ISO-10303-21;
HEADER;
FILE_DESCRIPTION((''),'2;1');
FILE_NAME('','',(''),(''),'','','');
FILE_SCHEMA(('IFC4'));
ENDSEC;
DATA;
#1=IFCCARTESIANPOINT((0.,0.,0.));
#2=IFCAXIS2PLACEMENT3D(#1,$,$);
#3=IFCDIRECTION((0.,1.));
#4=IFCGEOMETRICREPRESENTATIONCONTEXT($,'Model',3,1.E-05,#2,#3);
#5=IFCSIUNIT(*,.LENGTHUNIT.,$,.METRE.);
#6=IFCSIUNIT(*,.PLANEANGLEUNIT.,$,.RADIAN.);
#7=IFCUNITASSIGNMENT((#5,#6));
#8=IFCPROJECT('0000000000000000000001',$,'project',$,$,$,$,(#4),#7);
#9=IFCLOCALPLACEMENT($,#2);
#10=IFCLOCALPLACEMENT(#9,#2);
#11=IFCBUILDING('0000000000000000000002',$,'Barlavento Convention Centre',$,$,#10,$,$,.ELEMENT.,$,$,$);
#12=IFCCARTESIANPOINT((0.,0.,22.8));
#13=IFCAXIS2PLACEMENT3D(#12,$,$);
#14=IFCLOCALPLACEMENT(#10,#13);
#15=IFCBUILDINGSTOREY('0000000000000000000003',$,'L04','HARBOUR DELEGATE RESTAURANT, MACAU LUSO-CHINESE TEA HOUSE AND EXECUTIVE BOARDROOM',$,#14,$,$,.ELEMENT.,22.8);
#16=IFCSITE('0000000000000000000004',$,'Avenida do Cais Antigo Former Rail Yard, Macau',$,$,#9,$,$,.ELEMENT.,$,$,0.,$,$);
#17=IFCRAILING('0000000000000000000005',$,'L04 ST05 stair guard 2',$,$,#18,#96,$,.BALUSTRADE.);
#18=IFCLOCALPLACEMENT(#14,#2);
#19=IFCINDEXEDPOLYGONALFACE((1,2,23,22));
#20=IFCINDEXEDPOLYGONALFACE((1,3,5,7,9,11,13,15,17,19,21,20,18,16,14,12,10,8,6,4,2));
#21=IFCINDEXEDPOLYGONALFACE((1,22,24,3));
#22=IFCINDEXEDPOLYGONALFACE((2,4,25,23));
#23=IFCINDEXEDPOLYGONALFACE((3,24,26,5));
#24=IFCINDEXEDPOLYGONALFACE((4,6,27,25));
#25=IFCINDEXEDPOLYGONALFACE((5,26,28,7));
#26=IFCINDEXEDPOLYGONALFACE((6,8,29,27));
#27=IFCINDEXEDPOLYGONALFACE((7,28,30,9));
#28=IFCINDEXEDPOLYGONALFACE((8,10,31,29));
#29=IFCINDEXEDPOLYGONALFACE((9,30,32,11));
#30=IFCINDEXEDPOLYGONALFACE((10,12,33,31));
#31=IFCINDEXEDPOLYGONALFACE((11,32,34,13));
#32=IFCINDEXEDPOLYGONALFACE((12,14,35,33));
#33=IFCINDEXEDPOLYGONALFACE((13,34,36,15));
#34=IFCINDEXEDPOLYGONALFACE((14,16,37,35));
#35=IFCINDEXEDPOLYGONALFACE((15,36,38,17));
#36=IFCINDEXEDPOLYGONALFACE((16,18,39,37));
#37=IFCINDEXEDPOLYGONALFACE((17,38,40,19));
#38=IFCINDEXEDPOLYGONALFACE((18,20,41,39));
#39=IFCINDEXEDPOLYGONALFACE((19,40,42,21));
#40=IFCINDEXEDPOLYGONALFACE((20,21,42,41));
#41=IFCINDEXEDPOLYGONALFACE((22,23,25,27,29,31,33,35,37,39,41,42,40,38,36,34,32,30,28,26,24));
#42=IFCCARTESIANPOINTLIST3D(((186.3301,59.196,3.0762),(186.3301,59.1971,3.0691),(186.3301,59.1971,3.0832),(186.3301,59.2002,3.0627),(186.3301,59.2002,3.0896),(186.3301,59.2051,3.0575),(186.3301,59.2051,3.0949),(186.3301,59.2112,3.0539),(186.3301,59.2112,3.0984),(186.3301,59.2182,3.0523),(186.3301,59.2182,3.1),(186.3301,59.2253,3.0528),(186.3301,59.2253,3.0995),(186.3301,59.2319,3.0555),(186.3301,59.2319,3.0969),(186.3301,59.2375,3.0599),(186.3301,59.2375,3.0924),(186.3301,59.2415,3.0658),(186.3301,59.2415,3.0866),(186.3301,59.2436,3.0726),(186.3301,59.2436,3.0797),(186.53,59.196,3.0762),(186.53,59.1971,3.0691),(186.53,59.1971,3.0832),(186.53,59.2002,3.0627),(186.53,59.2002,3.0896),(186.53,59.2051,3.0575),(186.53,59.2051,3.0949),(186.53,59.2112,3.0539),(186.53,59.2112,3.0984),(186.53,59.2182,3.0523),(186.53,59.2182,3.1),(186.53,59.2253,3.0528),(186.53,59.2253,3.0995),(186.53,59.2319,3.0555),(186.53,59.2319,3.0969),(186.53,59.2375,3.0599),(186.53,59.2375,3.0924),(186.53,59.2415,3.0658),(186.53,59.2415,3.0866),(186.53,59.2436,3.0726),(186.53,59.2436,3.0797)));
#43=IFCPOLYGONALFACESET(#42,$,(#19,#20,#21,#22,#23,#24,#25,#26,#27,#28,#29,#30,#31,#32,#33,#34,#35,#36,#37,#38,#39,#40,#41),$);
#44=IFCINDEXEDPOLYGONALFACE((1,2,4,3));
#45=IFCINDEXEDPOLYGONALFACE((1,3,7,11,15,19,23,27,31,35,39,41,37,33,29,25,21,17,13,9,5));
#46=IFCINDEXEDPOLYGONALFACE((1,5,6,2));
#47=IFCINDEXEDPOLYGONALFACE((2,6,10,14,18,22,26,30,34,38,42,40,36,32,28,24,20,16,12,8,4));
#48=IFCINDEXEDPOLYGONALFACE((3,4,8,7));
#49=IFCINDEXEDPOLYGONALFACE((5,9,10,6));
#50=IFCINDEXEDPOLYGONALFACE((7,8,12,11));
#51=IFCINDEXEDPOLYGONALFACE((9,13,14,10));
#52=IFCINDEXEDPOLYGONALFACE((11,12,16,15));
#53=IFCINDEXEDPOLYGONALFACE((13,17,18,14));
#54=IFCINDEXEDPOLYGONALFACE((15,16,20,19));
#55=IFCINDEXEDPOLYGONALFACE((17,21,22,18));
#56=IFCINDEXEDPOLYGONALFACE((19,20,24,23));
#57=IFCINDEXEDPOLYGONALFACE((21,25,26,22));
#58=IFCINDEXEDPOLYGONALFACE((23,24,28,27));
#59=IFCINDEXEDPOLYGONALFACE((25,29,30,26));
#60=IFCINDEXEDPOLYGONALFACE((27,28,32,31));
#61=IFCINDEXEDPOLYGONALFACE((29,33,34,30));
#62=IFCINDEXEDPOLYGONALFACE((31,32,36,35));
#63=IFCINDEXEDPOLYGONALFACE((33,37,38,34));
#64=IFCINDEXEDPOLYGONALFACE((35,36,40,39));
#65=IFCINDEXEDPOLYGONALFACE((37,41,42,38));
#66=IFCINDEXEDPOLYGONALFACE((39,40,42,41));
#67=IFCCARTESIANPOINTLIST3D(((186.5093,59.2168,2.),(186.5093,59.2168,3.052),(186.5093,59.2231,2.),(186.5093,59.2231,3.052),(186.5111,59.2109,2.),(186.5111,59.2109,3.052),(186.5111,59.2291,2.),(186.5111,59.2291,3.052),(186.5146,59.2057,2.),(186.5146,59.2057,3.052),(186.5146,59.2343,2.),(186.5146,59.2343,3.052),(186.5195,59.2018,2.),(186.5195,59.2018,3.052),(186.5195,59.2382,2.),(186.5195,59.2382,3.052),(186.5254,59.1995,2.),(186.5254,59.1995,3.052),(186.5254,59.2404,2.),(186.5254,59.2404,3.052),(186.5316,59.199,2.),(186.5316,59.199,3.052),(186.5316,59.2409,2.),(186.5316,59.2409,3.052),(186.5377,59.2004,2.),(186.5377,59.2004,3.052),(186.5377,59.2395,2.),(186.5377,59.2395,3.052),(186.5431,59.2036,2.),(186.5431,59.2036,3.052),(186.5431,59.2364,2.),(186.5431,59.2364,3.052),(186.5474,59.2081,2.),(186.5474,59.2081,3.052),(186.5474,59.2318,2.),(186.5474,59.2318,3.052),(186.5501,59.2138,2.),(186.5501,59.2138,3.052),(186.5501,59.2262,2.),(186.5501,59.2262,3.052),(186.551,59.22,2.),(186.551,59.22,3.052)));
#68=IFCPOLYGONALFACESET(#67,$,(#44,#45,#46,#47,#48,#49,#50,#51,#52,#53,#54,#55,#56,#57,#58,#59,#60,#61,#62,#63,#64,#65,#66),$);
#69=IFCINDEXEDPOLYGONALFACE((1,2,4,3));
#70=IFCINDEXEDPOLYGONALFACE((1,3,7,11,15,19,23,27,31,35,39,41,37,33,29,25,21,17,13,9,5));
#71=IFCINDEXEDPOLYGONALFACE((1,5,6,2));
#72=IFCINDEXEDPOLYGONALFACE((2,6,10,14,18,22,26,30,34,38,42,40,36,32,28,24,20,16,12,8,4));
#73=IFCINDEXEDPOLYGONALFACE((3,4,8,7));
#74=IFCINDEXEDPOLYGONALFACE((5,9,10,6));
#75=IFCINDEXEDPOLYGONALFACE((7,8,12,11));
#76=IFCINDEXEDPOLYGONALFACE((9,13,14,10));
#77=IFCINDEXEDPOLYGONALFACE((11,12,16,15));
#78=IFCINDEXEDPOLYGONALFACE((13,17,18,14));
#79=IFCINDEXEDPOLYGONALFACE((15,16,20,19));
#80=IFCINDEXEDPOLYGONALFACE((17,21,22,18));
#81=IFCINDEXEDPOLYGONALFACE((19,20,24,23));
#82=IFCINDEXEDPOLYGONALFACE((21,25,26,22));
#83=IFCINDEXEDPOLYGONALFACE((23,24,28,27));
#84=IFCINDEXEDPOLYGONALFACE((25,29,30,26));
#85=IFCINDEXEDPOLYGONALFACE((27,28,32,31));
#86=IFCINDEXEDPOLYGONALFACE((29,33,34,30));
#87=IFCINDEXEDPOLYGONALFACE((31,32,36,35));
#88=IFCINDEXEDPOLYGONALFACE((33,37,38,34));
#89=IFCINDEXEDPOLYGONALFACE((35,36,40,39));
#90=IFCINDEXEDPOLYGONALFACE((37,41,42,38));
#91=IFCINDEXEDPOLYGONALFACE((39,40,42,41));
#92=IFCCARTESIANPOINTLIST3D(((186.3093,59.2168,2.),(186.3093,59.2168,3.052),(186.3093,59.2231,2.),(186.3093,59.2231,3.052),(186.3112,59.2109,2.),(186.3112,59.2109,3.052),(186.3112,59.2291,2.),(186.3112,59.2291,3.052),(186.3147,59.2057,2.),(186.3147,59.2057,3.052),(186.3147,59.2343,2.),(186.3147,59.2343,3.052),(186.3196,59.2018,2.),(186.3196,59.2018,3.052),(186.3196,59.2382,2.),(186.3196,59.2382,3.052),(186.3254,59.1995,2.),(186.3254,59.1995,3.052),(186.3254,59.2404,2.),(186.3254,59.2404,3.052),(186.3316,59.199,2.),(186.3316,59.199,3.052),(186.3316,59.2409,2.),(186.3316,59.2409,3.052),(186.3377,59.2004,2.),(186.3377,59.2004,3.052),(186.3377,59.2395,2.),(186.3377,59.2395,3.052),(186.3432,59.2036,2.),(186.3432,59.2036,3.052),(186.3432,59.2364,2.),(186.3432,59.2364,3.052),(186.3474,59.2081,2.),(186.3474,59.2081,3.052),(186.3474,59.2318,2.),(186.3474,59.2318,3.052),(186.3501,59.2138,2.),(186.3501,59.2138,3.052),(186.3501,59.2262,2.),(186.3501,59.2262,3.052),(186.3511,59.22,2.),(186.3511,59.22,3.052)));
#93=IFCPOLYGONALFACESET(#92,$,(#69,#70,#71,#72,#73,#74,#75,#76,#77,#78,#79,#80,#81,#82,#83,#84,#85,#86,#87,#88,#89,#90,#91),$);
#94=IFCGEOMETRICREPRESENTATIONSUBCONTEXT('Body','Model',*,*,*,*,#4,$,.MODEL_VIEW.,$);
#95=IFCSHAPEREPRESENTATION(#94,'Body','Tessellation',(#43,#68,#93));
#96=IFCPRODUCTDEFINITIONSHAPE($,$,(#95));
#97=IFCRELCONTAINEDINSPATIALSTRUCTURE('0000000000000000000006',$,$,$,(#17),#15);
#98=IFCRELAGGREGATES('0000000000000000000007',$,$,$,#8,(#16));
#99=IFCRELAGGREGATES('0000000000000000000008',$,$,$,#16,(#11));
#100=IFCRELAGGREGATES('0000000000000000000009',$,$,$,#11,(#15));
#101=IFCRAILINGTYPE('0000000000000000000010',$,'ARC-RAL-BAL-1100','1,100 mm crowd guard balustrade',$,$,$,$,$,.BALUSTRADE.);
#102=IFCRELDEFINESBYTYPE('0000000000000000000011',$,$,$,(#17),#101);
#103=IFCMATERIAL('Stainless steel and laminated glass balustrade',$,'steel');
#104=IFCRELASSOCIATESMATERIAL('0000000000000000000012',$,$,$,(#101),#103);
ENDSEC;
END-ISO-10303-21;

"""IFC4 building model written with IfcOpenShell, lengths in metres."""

from ifc_helpers import new_model, si_unit, direction, frame, origin, origin_2d, place, context, subcontext, project, spatial, circle, extrude, material, type_object, element, save


model = new_model("IFC4")

# Units and contexts
model_context = context("Model", 3, precision=1e-05, world=origin(), true_north=direction((0.0, 1.0)))
body_context = subcontext(model_context, "Body", "Model", "MODEL_VIEW")
ifc_project = project(units=[si_unit("LENGTHUNIT", "METRE"), si_unit("PLANEANGLEUNIT", "RADIAN")], contexts=[model_context])

# Site, building, storey
site_placement = place(None, origin())
site = spatial("IfcSite", under=ifc_project, at=site_placement, Name="Avenida do Cais Antigo Former Rail Yard, Macau", CompositionType="ELEMENT", RefElevation=0.0)
building_placement = place(site_placement, origin())
building = spatial("IfcBuilding", under=site, at=building_placement, Name="Barlavento Convention Centre", CompositionType="ELEMENT")
storey_placement = place(building_placement, frame((0.0, 0.0, 22.8)))
storey = spatial("IfcBuildingStorey", under=building, at=storey_placement, Name="L04", Description="HARBOUR DELEGATE RESTAURANT, MACAU LUSO-CHINESE TEA HOUSE AND EXECUTIVE BOARDROOM", CompositionType="ELEMENT", Elevation=22.8)

# Railing
ifc_material_1 = material(Name="Stainless steel and laminated glass balustrade", Category="steel")
railing_type_1 = type_object("IfcRailingType", Name="ARC-RAL-BAL-1100", Description="1,100 mm crowd guard balustrade", PredefinedType="BALUSTRADE", material=ifc_material_1)
railing_1_placement = place(storey_placement, frame((186.53, 59.22, 2.0)))
element("IfcRailing", 1, at=railing_1_placement, inside=storey, type_object=railing_type_1, Name="L04 ST05 stair guard 2", PredefinedType="BALUSTRADE", context=body_context, shape_type="SweptSolid", body=[
    extrude(circle(Radius=0.0239, at=origin_2d()), frame((0.0, 0.0, 1.0762), z_axis=(-1.0, 0.0, 0.0), x_axis=(0.0, -1.0, 0.0)), (0.0, 0.0, 1.0), 0.2),
    extrude(circle(Radius=0.021, at=origin_2d()), origin(), (0.0, 0.0, 1.0), 1.052),
    extrude(circle(Radius=0.021, at=origin_2d()), frame((-0.2, 0.0, 0.0)), (0.0, 0.0, 1.0), 1.052),
])

save(model, "model.ifc")
